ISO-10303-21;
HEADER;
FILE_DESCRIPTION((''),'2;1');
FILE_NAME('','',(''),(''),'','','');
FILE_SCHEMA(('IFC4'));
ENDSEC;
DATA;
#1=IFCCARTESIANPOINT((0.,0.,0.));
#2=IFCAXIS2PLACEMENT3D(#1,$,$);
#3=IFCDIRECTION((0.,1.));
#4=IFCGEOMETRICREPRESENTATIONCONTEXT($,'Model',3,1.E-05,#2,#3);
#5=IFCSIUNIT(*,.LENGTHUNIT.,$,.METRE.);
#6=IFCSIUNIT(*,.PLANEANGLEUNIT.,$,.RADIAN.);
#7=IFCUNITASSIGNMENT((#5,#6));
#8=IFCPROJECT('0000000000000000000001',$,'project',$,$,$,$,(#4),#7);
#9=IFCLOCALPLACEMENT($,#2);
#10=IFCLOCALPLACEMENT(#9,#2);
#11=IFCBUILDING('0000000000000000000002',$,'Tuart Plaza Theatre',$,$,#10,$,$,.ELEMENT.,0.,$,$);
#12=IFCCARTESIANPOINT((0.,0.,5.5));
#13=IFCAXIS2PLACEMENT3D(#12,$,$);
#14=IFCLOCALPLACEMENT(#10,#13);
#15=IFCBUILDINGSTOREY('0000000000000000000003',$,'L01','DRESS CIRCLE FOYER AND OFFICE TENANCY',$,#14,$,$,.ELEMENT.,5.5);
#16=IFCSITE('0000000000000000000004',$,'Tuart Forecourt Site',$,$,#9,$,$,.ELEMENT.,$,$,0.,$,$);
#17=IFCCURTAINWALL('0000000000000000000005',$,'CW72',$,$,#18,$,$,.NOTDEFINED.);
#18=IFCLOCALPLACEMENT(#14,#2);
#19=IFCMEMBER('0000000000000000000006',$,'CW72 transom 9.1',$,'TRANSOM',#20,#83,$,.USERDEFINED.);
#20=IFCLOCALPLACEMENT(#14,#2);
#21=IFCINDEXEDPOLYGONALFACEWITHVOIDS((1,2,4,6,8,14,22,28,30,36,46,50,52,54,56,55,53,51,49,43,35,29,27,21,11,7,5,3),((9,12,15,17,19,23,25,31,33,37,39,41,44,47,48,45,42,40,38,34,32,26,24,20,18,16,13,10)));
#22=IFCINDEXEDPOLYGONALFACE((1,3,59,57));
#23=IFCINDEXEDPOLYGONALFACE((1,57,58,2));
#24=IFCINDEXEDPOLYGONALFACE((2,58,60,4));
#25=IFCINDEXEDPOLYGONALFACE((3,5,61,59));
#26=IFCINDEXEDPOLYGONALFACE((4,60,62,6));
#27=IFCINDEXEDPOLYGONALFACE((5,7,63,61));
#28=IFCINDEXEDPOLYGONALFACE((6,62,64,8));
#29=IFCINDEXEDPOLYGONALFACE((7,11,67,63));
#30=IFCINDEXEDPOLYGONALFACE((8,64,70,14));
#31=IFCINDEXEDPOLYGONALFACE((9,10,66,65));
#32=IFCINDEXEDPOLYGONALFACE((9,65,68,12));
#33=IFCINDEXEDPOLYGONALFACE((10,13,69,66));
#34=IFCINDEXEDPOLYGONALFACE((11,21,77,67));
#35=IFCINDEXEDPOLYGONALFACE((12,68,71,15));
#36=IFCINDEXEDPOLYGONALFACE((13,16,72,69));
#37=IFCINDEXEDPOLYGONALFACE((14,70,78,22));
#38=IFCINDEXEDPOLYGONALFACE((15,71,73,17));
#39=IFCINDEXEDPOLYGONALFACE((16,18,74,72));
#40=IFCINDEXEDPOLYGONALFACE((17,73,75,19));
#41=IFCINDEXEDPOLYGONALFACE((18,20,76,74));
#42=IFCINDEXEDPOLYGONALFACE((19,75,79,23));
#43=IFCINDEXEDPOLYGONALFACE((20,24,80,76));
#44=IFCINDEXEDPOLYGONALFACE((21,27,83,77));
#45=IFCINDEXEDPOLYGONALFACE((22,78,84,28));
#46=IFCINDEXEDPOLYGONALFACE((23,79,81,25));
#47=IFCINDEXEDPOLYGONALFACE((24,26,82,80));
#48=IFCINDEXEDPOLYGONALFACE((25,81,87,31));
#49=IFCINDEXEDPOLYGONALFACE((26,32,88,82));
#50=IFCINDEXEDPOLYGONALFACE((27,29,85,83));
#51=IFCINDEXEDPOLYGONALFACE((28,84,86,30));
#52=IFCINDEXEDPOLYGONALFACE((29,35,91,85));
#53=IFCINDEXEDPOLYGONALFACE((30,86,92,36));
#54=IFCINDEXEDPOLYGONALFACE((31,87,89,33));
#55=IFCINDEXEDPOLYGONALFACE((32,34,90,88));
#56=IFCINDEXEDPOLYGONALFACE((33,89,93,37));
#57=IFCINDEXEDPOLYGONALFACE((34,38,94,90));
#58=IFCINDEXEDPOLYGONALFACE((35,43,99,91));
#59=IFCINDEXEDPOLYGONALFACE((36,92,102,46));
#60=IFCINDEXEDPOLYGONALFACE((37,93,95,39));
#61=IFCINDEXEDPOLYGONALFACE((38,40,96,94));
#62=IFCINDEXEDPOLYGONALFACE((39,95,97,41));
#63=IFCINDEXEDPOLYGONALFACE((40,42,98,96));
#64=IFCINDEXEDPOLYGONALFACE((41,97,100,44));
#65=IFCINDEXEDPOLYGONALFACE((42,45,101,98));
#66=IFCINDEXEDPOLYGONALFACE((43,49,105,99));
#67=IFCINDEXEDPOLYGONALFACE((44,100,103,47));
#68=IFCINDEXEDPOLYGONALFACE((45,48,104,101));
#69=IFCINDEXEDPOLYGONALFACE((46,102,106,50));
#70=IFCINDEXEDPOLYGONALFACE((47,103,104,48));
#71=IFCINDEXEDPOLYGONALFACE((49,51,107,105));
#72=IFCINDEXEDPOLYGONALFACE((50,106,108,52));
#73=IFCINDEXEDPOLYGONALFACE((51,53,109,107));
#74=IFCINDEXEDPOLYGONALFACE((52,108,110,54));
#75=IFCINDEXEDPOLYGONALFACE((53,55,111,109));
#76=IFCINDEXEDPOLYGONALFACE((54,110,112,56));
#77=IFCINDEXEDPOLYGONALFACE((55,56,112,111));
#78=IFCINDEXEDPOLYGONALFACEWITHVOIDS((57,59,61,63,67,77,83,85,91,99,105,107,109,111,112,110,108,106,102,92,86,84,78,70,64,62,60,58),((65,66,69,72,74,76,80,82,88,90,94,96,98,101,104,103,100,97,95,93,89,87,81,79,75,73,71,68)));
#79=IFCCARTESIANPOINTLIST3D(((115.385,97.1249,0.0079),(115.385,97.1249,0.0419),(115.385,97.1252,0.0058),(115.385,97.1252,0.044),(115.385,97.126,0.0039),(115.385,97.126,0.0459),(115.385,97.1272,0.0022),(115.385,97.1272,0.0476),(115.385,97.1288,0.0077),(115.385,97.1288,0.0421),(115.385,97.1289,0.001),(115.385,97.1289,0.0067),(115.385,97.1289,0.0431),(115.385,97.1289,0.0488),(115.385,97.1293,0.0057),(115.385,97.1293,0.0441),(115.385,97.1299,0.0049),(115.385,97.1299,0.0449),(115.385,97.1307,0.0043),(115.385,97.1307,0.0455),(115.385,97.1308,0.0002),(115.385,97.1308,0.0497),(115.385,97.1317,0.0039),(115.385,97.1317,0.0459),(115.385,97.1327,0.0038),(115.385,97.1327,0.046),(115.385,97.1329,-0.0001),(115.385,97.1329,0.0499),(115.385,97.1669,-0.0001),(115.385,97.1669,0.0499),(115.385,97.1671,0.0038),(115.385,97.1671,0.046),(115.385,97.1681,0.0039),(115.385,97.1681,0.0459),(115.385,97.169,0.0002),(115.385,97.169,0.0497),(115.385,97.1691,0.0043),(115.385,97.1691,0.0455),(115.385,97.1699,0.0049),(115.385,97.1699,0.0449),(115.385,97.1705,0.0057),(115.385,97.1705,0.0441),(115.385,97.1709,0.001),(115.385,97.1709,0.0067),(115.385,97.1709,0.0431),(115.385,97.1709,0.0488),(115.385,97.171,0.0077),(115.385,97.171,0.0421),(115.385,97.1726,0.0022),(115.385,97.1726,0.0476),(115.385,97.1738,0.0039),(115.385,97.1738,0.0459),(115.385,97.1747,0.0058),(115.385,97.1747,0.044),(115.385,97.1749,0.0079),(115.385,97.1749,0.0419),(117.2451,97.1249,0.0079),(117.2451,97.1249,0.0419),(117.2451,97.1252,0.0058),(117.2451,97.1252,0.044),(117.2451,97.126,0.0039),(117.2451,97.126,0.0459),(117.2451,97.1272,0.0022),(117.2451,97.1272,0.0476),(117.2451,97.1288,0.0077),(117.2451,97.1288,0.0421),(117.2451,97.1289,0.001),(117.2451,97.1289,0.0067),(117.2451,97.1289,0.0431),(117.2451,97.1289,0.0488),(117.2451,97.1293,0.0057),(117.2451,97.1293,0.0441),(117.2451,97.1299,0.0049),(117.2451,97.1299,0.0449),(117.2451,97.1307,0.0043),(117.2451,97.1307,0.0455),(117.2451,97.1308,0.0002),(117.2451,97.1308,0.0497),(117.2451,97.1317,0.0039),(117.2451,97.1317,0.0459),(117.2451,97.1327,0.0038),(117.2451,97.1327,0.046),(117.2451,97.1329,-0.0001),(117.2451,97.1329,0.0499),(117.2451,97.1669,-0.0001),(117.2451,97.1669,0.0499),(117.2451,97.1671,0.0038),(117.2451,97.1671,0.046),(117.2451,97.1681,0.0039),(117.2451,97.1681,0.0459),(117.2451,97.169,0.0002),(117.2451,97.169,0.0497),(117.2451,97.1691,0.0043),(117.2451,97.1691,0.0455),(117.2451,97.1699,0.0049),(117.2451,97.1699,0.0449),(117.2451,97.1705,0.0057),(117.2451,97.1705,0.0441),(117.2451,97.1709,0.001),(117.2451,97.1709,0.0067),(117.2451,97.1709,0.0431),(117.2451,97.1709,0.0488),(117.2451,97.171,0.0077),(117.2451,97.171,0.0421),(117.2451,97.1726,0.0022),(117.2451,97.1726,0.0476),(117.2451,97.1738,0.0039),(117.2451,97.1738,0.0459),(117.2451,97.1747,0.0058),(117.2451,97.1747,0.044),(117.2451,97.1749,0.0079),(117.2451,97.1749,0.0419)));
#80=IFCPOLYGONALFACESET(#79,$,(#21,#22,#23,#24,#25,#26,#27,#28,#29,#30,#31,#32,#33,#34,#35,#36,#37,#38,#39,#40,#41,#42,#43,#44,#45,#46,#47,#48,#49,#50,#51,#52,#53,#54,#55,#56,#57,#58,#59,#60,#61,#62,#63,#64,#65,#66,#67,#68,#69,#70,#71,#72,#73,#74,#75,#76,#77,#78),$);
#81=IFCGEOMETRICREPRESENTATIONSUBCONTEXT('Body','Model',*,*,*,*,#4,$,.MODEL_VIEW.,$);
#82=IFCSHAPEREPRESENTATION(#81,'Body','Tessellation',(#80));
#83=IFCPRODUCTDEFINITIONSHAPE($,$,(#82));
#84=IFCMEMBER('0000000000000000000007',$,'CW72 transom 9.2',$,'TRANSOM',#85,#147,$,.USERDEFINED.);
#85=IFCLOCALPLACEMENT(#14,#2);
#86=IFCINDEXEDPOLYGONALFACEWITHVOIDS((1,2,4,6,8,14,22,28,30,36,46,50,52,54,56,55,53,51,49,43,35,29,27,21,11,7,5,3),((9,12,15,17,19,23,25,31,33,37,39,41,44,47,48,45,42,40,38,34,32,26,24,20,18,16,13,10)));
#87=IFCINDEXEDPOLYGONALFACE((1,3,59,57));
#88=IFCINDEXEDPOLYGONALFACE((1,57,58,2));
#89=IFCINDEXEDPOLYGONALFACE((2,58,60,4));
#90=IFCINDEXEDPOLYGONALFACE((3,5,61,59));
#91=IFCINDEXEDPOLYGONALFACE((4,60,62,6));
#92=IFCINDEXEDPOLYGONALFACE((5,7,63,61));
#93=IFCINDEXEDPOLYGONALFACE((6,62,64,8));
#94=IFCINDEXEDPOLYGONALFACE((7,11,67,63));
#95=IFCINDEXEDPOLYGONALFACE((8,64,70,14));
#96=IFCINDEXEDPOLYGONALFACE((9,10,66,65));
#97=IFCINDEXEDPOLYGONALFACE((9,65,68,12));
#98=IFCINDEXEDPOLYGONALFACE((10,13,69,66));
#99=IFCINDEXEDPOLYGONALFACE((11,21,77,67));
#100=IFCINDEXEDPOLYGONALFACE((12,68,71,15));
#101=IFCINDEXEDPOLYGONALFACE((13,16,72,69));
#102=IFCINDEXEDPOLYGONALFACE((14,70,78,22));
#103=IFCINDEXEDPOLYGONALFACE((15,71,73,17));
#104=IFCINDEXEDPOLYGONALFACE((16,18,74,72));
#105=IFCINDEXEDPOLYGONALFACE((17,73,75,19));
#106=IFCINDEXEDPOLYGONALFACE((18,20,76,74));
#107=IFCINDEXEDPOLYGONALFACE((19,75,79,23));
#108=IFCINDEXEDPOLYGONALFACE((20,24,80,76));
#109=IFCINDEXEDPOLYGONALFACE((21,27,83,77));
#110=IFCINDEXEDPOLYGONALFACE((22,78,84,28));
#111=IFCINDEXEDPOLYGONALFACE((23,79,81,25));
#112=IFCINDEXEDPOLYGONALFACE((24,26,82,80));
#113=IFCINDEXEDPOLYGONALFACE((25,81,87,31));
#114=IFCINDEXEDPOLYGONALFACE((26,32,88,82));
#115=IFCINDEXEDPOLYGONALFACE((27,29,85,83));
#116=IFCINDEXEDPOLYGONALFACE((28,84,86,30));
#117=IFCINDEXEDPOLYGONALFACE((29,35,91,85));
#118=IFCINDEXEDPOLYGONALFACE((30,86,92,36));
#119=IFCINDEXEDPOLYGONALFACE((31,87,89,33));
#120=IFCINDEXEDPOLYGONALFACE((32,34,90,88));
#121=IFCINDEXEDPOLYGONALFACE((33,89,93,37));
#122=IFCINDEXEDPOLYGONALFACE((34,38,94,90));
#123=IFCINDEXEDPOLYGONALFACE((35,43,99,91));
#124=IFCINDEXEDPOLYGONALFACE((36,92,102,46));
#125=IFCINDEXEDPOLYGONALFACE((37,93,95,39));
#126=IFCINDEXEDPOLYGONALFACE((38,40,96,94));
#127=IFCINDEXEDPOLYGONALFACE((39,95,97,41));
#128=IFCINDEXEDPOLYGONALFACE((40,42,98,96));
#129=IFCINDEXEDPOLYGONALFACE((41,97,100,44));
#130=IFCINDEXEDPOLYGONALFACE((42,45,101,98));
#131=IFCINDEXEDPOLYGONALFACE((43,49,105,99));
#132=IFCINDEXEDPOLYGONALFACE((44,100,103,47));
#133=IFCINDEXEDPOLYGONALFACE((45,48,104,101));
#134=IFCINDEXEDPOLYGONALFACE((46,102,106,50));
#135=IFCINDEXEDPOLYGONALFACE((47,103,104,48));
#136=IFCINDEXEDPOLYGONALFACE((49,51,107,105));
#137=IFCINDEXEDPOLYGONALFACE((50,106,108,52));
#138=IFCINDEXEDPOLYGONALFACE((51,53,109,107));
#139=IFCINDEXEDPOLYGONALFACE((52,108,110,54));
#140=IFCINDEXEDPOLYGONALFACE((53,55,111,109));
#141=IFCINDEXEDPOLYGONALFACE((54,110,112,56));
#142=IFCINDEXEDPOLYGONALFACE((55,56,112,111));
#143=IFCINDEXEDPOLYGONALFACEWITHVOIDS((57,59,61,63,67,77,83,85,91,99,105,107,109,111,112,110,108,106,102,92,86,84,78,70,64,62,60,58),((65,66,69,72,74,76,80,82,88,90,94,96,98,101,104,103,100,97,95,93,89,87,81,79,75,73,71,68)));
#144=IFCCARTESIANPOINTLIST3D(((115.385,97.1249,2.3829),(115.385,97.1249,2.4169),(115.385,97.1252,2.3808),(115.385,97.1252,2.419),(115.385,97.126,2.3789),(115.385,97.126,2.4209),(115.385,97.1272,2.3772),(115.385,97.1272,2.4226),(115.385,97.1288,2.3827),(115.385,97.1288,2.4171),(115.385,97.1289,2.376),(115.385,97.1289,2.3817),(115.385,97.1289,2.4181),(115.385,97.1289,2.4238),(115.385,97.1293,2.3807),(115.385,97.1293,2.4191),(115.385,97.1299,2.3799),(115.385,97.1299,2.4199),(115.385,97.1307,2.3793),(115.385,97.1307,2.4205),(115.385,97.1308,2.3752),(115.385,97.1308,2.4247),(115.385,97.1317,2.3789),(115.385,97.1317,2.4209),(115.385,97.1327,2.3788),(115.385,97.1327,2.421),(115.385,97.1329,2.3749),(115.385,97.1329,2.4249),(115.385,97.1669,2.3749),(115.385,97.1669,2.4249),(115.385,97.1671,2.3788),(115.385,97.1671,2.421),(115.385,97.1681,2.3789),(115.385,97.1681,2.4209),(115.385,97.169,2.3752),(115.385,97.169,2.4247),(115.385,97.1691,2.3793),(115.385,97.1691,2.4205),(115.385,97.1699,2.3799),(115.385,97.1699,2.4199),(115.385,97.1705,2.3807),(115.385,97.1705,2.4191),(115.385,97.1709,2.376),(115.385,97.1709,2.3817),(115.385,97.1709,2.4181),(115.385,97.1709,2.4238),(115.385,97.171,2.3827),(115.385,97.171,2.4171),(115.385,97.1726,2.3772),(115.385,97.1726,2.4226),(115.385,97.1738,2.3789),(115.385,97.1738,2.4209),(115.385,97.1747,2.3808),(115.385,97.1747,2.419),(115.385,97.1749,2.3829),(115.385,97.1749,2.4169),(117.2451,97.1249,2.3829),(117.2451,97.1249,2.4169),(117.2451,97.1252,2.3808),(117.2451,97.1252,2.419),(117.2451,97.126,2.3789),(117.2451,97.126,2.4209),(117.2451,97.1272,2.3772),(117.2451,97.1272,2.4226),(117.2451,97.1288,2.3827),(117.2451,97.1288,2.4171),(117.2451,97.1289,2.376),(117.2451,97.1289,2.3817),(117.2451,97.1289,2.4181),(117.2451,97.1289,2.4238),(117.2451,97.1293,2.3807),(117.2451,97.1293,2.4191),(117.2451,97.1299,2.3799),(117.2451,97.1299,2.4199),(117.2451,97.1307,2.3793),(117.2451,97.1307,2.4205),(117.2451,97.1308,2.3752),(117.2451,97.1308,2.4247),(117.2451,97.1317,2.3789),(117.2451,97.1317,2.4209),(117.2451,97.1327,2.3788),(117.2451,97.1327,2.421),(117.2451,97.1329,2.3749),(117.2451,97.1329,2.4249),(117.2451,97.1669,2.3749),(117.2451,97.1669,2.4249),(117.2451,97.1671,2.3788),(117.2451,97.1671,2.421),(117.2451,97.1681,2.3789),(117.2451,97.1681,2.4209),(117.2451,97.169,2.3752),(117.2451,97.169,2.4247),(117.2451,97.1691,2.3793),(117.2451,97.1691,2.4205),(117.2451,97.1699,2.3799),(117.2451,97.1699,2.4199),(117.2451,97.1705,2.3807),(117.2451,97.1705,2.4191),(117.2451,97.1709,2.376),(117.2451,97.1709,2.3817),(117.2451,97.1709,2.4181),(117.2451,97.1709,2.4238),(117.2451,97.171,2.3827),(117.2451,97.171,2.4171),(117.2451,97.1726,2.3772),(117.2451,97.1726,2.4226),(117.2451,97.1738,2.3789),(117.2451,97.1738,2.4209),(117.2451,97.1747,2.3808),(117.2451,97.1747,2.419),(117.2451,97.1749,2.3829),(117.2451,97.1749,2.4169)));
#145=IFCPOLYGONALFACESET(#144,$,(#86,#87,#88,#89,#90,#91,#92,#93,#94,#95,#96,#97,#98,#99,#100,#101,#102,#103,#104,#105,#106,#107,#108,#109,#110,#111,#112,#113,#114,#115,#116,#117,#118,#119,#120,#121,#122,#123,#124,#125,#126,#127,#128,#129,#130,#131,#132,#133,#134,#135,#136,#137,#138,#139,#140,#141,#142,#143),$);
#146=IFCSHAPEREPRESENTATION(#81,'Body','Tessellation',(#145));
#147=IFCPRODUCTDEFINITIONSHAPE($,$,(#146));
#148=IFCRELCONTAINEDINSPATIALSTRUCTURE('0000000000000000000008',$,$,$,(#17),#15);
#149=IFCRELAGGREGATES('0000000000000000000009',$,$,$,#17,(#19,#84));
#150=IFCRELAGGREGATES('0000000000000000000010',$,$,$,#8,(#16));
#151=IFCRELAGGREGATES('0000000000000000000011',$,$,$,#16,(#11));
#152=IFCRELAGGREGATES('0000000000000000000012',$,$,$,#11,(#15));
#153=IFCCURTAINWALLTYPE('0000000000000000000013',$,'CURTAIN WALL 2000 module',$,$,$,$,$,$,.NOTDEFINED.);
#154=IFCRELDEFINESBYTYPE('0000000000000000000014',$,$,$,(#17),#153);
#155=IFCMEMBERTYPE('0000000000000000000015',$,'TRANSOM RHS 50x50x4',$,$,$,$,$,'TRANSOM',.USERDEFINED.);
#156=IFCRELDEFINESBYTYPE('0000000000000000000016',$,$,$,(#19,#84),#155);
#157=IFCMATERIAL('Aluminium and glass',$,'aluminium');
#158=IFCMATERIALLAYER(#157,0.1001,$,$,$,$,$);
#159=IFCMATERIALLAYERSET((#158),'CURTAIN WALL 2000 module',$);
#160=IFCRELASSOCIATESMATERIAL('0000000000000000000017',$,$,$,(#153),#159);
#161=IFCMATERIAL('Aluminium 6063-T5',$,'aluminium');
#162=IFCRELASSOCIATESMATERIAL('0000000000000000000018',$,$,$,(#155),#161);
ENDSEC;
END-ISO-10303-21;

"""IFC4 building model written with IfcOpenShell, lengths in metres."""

from ifc_helpers import new_model, si_unit, direction, frame, origin, origin_2d, place, context, subcontext, project, spatial, hollow_rectangle, extrude, material, layer, layer_set, material_profile, profile_set, type_object, element, aggregate, save


model = new_model("IFC4")

# Units and contexts
model_context = context("Model", 3, precision=1e-05, world=origin(), true_north=direction((0.0, 1.0)))
body_context = subcontext(model_context, "Body", "Model", "MODEL_VIEW")
ifc_project = project(units=[si_unit("LENGTHUNIT", "METRE"), si_unit("PLANEANGLEUNIT", "RADIAN")], contexts=[model_context])

# Site, building, storey
site_placement = place(None, origin())
site = spatial("IfcSite", under=ifc_project, at=site_placement, Name="Tuart Forecourt Site", CompositionType="ELEMENT", RefElevation=0.0)
building_placement = place(site_placement, origin())
building = spatial("IfcBuilding", under=site, at=building_placement, Name="Tuart Plaza Theatre", CompositionType="ELEMENT", ElevationOfRefHeight=0.0)
storey_placement = place(building_placement, frame((0.0, 0.0, 5.5)))
storey = spatial("IfcBuildingStorey", under=building, at=storey_placement, Name="L01", Description="DRESS CIRCLE FOYER AND OFFICE TENANCY", CompositionType="ELEMENT", Elevation=5.5)

# Curtain wall
ifc_material_1 = material(Name="Aluminium and glass", Category="aluminium")
ifc_layer_1 = layer(ifc_material_1, 0.1001)
ifc_layer_set_1 = layer_set([ifc_layer_1], Name="CURTAIN WALL 2000 module")
curtain_wall_type = type_object("IfcCurtainWallType", Name="CURTAIN WALL 2000 module", PredefinedType="NOTDEFINED", material=ifc_layer_set_1)
curtain_wall_1_placement = place(storey_placement, origin())
curtain_wall_1 = element("IfcCurtainWall", 1, at=curtain_wall_1_placement, inside=storey, type_object=curtain_wall_type, Name="CW72", PredefinedType="NOTDEFINED")

# Members
ifc_material_2 = material(Name="Aluminium 6063-T5", Category="aluminium")
ifc_material_profile_1 = material_profile(ifc_material_2, hollow_rectangle(XDim=0.05, YDim=0.05, WallThickness=0.0039, InnerFilletRadius=0.0039, OuterFilletRadius=0.0081, at=origin_2d()), Name="RHS 50x50x4")
ifc_profile_set_1 = profile_set([ifc_material_profile_1], Name="Aluminium 6063-T5")
member_type_1 = type_object("IfcMemberType", Name="TRANSOM RHS 50x50x4", ElementType="TRANSOM", PredefinedType="USERDEFINED", material=ifc_profile_set_1)
member_1_placement = place(storey_placement, frame((117.2451, 97.1499, 0.0249), z_axis=(-1.0, 0.0, 0.0), x_axis=(0.0, -1.0, 0.0)))
member_1 = element("IfcMember", 2, at=member_1_placement, type_object=member_type_1, Name="CW72 transom 9.1", ObjectType="TRANSOM", PredefinedType="USERDEFINED", context=body_context, shape_type="SweptSolid", body=[
    extrude(hollow_rectangle(XDim=0.05, YDim=0.05, WallThickness=0.0039, InnerFilletRadius=0.0039, OuterFilletRadius=0.0081, at=origin_2d()), origin(), (0.0, 0.0, 1.0), 1.8601),
])
member_2_placement = place(storey_placement, frame((117.2451, 97.1499, 2.3999), z_axis=(-1.0, 0.0, 0.0), x_axis=(0.0, -1.0, 0.0)))
member_2 = element("IfcMember", 3, at=member_2_placement, type_object=member_type_1, Name="CW72 transom 9.2", ObjectType="TRANSOM", PredefinedType="USERDEFINED", context=body_context, shape_type="SweptSolid", body=[
    extrude(hollow_rectangle(XDim=0.05, YDim=0.05, WallThickness=0.0039, InnerFilletRadius=0.0039, OuterFilletRadius=0.0081, at=origin_2d()), origin(), (0.0, 0.0, 1.0), 1.8601),
])

aggregate(curtain_wall_1, [member_1, member_2])

save(model, "model.ifc")
